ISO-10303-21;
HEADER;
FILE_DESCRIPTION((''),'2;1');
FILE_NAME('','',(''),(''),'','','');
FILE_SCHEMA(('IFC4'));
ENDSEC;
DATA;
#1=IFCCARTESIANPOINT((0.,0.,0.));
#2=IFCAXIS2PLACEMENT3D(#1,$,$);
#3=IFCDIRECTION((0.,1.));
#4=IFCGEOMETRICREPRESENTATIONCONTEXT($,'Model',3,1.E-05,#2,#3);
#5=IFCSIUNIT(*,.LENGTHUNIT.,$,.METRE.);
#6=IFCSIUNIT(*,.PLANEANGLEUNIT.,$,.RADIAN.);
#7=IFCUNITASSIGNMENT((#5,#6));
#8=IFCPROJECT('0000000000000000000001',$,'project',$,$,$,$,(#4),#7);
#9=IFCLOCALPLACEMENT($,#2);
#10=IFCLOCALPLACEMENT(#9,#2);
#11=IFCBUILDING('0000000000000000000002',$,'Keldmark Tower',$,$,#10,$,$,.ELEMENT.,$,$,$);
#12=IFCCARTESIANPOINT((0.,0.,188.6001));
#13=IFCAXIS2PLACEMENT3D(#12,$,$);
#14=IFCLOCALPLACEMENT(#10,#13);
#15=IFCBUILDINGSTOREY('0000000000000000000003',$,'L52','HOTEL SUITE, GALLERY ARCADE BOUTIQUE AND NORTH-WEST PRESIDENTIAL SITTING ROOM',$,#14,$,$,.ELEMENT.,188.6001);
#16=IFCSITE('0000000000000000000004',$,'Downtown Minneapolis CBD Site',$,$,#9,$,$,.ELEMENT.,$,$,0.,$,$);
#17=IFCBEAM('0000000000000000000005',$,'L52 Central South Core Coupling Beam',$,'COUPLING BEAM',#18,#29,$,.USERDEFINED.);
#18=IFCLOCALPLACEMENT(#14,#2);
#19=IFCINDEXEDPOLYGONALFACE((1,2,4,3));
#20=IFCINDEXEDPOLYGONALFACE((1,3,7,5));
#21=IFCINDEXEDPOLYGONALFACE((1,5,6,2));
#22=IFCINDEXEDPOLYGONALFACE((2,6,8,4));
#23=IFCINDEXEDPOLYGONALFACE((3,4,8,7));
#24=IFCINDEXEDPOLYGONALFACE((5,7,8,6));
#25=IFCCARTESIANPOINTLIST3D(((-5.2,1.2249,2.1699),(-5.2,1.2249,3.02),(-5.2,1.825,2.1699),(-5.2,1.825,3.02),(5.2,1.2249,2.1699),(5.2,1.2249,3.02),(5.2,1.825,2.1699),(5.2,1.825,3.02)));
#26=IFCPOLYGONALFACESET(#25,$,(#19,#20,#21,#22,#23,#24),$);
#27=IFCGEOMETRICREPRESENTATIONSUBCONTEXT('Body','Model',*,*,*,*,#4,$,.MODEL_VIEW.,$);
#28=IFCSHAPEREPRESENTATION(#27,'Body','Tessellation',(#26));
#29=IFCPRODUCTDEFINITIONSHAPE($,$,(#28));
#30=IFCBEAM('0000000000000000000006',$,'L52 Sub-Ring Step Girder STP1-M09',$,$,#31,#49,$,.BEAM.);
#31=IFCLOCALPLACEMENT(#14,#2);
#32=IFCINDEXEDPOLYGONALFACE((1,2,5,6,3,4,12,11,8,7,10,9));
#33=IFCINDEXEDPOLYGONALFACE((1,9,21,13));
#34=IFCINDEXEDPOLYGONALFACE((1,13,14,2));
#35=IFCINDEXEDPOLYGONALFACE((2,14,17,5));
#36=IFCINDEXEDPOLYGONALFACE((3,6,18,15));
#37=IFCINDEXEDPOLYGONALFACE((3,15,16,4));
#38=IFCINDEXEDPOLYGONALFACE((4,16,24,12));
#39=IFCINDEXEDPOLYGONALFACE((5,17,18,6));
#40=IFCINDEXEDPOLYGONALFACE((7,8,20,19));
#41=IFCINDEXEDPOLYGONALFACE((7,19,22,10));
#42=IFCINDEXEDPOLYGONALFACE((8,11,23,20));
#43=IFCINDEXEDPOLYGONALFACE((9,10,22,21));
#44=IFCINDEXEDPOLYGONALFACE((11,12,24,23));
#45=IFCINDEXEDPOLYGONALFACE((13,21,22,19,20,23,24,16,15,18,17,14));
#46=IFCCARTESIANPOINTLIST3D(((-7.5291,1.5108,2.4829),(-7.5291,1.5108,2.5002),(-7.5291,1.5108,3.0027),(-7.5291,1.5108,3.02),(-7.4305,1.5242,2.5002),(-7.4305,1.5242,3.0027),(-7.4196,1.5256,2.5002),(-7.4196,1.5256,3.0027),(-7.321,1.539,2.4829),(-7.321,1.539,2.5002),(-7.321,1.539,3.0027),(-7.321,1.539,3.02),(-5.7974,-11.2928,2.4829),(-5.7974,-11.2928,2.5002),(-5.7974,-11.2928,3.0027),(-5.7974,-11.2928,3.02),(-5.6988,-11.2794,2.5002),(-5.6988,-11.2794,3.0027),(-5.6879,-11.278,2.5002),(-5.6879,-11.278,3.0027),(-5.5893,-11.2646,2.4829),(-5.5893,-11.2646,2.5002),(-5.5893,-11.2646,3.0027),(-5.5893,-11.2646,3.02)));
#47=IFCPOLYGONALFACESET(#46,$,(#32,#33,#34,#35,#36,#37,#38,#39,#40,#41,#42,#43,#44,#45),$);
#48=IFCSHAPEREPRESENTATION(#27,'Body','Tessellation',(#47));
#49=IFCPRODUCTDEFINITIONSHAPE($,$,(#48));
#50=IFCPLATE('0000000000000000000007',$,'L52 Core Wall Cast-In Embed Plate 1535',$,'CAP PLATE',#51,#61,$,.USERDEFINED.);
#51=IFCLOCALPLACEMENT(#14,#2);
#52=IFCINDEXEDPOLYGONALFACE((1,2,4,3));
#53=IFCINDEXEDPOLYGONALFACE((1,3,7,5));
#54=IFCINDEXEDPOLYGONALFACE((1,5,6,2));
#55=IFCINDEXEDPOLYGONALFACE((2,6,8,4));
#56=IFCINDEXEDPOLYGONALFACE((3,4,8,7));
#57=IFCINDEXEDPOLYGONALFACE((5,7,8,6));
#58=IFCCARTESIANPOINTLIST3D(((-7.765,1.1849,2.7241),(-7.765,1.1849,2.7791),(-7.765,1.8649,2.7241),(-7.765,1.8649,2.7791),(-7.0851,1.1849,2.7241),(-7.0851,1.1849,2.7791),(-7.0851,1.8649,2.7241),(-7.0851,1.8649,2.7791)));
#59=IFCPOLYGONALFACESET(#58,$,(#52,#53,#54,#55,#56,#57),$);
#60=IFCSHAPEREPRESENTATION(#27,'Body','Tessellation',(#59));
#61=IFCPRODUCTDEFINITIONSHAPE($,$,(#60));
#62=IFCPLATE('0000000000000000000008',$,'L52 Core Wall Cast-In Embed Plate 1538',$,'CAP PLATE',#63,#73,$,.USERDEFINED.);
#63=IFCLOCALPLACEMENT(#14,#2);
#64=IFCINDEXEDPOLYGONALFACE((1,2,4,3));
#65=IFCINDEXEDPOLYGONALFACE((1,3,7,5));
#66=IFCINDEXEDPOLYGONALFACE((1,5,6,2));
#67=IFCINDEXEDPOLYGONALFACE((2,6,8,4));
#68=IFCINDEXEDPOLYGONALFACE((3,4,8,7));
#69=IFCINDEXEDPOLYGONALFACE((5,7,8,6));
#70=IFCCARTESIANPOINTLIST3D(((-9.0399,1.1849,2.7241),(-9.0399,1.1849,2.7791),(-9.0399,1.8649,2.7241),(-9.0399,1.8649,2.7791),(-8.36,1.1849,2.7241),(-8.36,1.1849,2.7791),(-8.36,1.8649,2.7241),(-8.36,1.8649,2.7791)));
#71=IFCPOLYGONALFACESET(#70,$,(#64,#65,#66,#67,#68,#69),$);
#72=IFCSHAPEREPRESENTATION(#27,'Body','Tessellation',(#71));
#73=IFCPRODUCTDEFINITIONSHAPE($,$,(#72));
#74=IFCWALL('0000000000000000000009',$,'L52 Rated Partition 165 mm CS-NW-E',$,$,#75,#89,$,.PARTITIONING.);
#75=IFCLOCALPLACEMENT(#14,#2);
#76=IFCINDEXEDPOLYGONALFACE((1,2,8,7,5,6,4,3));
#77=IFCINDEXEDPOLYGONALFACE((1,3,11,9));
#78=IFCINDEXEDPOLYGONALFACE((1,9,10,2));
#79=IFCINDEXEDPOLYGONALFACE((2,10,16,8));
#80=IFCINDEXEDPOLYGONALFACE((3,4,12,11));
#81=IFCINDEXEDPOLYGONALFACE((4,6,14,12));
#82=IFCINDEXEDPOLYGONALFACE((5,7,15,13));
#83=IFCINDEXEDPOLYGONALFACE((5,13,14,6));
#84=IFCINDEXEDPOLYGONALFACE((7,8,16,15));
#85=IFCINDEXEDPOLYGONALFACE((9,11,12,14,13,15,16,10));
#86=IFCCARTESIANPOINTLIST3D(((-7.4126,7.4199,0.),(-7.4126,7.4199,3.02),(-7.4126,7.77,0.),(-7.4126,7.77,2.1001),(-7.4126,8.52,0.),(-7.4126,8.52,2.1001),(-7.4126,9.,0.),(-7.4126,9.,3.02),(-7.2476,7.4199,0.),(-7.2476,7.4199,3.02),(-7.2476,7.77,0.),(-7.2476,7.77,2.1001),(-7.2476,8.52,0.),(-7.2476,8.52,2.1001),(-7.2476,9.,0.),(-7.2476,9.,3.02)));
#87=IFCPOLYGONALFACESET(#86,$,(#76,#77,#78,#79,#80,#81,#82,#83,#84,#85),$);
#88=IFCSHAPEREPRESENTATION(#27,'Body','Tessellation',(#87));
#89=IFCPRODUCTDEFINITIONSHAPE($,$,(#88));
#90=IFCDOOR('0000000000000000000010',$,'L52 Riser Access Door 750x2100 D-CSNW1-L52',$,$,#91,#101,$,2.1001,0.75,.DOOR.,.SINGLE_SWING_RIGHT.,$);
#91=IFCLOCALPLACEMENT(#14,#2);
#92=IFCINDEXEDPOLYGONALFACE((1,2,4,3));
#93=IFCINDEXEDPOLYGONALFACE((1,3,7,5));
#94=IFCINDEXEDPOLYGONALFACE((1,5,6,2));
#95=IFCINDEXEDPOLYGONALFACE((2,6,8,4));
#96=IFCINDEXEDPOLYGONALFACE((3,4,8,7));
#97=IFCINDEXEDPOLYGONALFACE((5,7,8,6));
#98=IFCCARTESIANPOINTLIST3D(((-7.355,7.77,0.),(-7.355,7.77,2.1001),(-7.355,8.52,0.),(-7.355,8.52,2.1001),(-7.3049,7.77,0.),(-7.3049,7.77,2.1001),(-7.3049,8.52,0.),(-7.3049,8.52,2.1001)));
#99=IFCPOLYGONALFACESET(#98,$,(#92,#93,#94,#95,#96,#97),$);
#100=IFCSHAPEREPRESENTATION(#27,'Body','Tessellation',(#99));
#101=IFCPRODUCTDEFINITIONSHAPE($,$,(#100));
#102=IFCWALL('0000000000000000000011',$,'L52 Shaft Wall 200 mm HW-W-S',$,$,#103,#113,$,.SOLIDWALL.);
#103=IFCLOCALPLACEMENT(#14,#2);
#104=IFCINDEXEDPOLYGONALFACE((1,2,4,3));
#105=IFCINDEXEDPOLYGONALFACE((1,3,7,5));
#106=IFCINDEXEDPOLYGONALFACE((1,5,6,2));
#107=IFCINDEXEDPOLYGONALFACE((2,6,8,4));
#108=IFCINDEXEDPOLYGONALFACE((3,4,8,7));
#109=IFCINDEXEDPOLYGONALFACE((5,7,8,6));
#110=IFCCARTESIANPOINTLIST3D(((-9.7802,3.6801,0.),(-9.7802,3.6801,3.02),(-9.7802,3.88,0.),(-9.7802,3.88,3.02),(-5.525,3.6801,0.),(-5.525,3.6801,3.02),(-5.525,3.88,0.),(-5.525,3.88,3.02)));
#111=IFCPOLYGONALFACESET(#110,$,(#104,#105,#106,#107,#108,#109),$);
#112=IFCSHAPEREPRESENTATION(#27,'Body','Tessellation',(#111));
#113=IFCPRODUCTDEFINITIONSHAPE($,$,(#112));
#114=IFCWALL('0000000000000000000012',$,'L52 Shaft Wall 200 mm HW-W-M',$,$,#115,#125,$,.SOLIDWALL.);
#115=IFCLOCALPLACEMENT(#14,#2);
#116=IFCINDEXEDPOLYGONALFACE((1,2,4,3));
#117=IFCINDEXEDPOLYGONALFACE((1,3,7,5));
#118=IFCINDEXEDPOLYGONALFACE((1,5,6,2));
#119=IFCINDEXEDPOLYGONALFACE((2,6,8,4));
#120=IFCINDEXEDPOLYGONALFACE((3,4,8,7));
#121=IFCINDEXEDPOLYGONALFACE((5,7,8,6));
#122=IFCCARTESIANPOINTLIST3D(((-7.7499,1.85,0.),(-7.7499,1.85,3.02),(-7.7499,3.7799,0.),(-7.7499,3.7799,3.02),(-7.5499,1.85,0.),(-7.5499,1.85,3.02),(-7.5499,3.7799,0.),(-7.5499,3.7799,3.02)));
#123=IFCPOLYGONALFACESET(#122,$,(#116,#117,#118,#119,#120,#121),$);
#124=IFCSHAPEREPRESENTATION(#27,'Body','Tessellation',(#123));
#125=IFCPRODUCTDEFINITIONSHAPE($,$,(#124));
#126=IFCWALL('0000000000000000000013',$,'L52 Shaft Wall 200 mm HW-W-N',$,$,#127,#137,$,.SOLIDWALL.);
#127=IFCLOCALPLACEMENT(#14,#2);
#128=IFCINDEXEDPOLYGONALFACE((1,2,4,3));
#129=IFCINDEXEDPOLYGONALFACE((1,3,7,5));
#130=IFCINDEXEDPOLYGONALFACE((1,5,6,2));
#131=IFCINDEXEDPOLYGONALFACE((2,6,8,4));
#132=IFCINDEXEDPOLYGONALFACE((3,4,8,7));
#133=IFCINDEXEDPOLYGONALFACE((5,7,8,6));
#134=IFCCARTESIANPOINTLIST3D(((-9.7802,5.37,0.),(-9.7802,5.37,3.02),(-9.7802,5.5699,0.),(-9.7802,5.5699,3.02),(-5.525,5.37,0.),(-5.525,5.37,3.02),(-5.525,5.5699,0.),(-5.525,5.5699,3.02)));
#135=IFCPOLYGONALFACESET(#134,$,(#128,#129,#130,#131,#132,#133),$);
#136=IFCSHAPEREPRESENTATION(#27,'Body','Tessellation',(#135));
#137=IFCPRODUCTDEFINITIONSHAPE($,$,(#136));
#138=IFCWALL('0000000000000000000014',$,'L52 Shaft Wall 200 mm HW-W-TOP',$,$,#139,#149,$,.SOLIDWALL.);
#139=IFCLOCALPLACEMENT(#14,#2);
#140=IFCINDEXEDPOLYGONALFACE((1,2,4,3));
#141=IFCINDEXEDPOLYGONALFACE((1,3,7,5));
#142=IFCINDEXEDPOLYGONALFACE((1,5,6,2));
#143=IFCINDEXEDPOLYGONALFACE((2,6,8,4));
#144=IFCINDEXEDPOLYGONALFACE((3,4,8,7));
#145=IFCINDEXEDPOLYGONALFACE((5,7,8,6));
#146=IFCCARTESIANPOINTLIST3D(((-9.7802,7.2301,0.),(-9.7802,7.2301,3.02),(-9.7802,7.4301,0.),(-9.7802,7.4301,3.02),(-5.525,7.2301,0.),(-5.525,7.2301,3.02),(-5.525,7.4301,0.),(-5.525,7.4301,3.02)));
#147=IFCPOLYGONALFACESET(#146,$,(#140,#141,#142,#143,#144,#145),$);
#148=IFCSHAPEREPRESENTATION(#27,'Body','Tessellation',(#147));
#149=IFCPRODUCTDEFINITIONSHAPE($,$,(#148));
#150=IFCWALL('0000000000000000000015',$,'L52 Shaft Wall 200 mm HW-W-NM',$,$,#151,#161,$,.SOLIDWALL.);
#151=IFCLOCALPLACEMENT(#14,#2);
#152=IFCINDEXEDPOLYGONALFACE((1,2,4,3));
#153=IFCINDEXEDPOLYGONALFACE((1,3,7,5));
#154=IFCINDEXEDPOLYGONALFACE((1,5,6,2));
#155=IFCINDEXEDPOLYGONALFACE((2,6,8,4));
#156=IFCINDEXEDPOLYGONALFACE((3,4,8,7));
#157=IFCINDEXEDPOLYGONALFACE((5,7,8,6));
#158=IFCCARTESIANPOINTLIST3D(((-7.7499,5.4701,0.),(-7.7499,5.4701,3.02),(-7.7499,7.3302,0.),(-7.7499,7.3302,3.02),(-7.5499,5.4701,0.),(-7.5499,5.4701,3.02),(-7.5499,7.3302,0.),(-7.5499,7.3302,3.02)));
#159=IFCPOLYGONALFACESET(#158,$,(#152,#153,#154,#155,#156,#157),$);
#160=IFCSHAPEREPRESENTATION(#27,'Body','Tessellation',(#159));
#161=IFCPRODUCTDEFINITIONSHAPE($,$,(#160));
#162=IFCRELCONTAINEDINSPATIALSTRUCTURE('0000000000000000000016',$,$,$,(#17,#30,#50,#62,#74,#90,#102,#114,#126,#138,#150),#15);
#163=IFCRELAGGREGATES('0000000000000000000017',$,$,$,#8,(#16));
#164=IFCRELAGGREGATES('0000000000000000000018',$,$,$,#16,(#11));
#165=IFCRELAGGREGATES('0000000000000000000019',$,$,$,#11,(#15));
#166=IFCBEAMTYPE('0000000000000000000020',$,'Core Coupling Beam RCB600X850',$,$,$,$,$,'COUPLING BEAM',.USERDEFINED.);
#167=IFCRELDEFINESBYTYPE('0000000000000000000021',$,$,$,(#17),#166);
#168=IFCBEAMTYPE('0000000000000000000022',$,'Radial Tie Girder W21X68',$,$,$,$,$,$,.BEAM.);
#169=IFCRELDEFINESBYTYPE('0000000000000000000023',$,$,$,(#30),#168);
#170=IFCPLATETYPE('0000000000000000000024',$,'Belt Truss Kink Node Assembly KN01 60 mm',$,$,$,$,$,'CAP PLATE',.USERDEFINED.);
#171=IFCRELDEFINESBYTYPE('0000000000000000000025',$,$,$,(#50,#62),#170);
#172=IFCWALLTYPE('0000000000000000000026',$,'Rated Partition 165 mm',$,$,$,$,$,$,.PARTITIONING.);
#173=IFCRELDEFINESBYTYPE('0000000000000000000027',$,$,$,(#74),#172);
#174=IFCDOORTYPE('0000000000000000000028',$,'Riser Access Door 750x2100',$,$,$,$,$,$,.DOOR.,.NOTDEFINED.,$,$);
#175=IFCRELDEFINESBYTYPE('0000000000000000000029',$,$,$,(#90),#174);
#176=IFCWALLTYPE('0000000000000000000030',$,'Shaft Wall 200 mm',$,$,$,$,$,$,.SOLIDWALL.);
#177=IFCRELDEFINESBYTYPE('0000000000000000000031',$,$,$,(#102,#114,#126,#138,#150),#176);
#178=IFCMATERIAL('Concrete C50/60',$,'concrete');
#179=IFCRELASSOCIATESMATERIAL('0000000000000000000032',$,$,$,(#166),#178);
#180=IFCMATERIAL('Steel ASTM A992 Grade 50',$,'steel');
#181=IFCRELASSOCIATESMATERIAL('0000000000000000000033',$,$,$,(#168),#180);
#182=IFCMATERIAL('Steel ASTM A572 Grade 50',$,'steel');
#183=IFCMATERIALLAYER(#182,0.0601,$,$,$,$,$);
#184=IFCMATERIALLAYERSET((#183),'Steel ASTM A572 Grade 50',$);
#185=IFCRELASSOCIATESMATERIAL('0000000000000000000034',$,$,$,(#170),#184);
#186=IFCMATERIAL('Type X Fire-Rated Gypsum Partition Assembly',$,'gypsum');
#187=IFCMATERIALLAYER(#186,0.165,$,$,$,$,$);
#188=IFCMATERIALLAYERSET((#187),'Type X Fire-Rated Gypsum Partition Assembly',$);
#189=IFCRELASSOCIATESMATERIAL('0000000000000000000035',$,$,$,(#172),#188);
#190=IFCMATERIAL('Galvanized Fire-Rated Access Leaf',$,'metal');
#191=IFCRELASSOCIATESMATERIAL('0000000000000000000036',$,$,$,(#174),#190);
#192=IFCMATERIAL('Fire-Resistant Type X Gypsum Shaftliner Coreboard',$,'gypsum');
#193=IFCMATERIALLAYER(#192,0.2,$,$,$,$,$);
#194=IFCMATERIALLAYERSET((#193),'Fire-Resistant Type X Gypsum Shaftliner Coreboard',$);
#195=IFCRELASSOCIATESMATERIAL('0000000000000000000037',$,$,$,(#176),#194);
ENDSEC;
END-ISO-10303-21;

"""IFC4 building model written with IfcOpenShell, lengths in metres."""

from ifc_helpers import new_model, si_unit, direction, frame, frame_2d, origin, origin_2d, place, context, subcontext, project, spatial, rectangle, i_section, extrude, material, layer, layer_set, material_profile, profile_set, type_object, element, fill, save


model = new_model("IFC4")

# Units and contexts
model_context = context("Model", 3, precision=1e-05, world=origin(), true_north=direction((0.0, 1.0)))
body_context = subcontext(model_context, "Body", "Model", "MODEL_VIEW")
ifc_project = project(units=[si_unit("LENGTHUNIT", "METRE"), si_unit("PLANEANGLEUNIT", "RADIAN")], contexts=[model_context])

# Site, building, storey
site_placement = place(None, origin())
site = spatial("IfcSite", under=ifc_project, at=site_placement, Name="Downtown Minneapolis CBD Site", CompositionType="ELEMENT", RefElevation=0.0)
building_placement = place(site_placement, origin())
building = spatial("IfcBuilding", under=site, at=building_placement, Name="Keldmark Tower", CompositionType="ELEMENT")
storey_placement = place(building_placement, frame((0.0, 0.0, 188.6001)))
storey = spatial("IfcBuildingStorey", under=building, at=storey_placement, Name="L52", Description="HOTEL SUITE, GALLERY ARCADE BOUTIQUE AND NORTH-WEST PRESIDENTIAL SITTING ROOM", CompositionType="ELEMENT", Elevation=188.6001)

# Beams
ifc_material_1 = material(Name="Concrete C50/60", Category="concrete")
ifc_material_profile_1 = material_profile(ifc_material_1, rectangle(XDim=0.6001, YDim=0.8501, at=origin_2d()), Name="RCB600X850")
ifc_profile_set_1 = profile_set([ifc_material_profile_1], Name="Concrete C50/60")
beam_type_1 = type_object("IfcBeamType", Name="Core Coupling Beam RCB600X850", ElementType="COUPLING BEAM", PredefinedType="USERDEFINED", material=ifc_profile_set_1)
beam_1_placement = place(storey_placement, frame((-5.2, 1.5249, 2.595), z_axis=(1.0, 0.0, 0.0), x_axis=(0.0, 1.0, 0.0)))
element("IfcBeam", 1, at=beam_1_placement, inside=storey, type_object=beam_type_1, Name="L52 Central South Core Coupling Beam", ObjectType="COUPLING BEAM", PredefinedType="USERDEFINED", context=body_context, shape_type="SweptSolid", body=[
    extrude(rectangle(XDim=0.6001, YDim=0.8501, at=origin_2d()), origin(), (0.0, 0.0, 1.0), 10.3999),
])
ifc_material_2 = material(Name="Steel ASTM A992 Grade 50", Category="steel")
ifc_material_profile_2 = material_profile(ifc_material_2, i_section(OverallWidth=0.21, OverallDepth=0.5371, WebThickness=0.011, FlangeThickness=0.0173, at=origin_2d()), Name="W21X68")
ifc_profile_set_2 = profile_set([ifc_material_profile_2], Name="Steel ASTM A992 Grade 50")
beam_type_2 = type_object("IfcBeamType", Name="Radial Tie Girder W21X68", PredefinedType="BEAM", material=ifc_profile_set_2)
beam_2_placement = place(storey_placement, frame((-7.425, 1.5249, 2.7515), z_axis=(0.134029, -0.990977, 0.0), x_axis=(0.990977, 0.134029, 0.0)))
element("IfcBeam", 2, at=beam_2_placement, inside=storey, type_object=beam_type_2, Name="L52 Sub-Ring Step Girder STP1-M09", PredefinedType="BEAM", context=body_context, shape_type="SweptSolid", body=[
    extrude(i_section(OverallWidth=0.21, OverallDepth=0.5371, WebThickness=0.011, FlangeThickness=0.0173, at=origin_2d()), origin(), (0.0, 0.0, 1.0), 12.9202),
])

# Plates
ifc_material_3 = material(Name="Steel ASTM A572 Grade 50", Category="steel")
ifc_layer_1 = layer(ifc_material_3, 0.0601)
ifc_layer_set_1 = layer_set([ifc_layer_1], Name="Steel ASTM A572 Grade 50")
plate_type = type_object("IfcPlateType", Name="Belt Truss Kink Node Assembly KN01 60 mm", ElementType="CAP PLATE", PredefinedType="USERDEFINED", material=ifc_layer_set_1)
for number, where, z_axis, x_axis, name in (
    (3, (-7.425, 1.5249, 2.7241), (0.0, 0.0, 1.0), (1.0, 0.0, 0.0), "L52 Core Wall Cast-In Embed Plate 1535"),
    (4, (-8.7, 1.5249, 2.7241), (0.0, 0.0, 1.0), (1.0, 0.0, 0.0), "L52 Core Wall Cast-In Embed Plate 1538"),
):
    element("IfcPlate", number, at=place(storey_placement, frame(where, z_axis=z_axis, x_axis=x_axis)), inside=storey, type_object=plate_type, Name=name, ObjectType="CAP PLATE", PredefinedType="USERDEFINED", context=body_context, shape_type="SweptSolid", body=[
        extrude(rectangle(XDim=0.6799, YDim=0.6799, at=origin_2d()), origin(), (0.0, 0.0, 1.0), 0.0549),
    ])

# Wall, opening, door
ifc_material_4 = material(Name="Type X Fire-Rated Gypsum Partition Assembly", Category="gypsum")
ifc_layer_2 = layer(ifc_material_4, 0.165)
ifc_layer_set_2 = layer_set([ifc_layer_2], Name="Type X Fire-Rated Gypsum Partition Assembly")
wall_type_1 = type_object("IfcWallType", Name="Rated Partition 165 mm", PredefinedType="PARTITIONING", material=ifc_layer_set_2)
wall_1_placement = place(storey_placement, frame((-7.3301, 7.4199, 0.0), z_axis=(0.0, 0.0, 1.0), x_axis=(0.0, 1.0, 0.0)))
wall_1 = element("IfcWall", 5, at=wall_1_placement, inside=storey, type_object=wall_type_1, Name="L52 Rated Partition 165 mm CS-NW-E", PredefinedType="PARTITIONING", context=body_context, shape_type="SweptSolid", body=[
    extrude(rectangle(XDim=1.5801, YDim=0.165, at=frame_2d((0.79, 0.0))), origin(), (0.0, 0.0, 1.0), 3.02),
])
opening_1_placement = place(wall_1_placement, frame((0.3501, 0.0, 0.0)))
opening_1 = element("IfcOpeningElement", 6, at=opening_1_placement, cuts=wall_1, PredefinedType="OPENING", context=body_context, shape_type="SweptSolid", body=[
    extrude(rectangle(XDim=0.75, YDim=2.1001, at=frame_2d((0.375, 1.05))), frame((0.0, 0.0925, 0.0), z_axis=(0.0, -1.0, 0.0), x_axis=(1.0, 0.0, 0.0)), (0.0, 0.0, 1.0), 0.1851),
])
ifc_material_5 = material(Name="Galvanized Fire-Rated Access Leaf", Category="metal")
door_type = type_object("IfcDoorType", Name="Riser Access Door 750x2100", OperationType="NOTDEFINED", PredefinedType="DOOR", material=ifc_material_5)
door_1_placement = place(opening_1_placement, origin())
door_1 = element("IfcDoor", 7, at=door_1_placement, inside=storey, type_object=door_type, Name="L52 Riser Access Door 750x2100 D-CSNW1-L52", OperationType="SINGLE_SWING_RIGHT", OverallHeight=2.1001, OverallWidth=0.75, PredefinedType="DOOR", context=body_context, shape_type="SweptSolid", body=[
    extrude(rectangle(XDim=0.75, YDim=2.1001, at=frame_2d((0.375, 1.05))), frame((0.0, 0.0249, 0.0), z_axis=(0.0, -1.0, 0.0), x_axis=(1.0, 0.0, 0.0)), (0.0, 0.0, 1.0), 0.05),
])
fill(opening_1, door_1)

# Walls
ifc_material_6 = material(Name="Fire-Resistant Type X Gypsum Shaftliner Coreboard", Category="gypsum")
ifc_layer_3 = layer(ifc_material_6, 0.2)
ifc_layer_set_3 = layer_set([ifc_layer_3], Name="Fire-Resistant Type X Gypsum Shaftliner Coreboard")
wall_type_2 = type_object("IfcWallType", Name="Shaft Wall 200 mm", PredefinedType="SOLIDWALL", material=ifc_layer_set_3)
wall_2_placement = place(storey_placement, frame((-9.78, 3.78, 0.0), z_axis=(0.0, 0.0, 1.0), x_axis=(1.0, 0.0, 0.0)))
element("IfcWall", 8, at=wall_2_placement, inside=storey, type_object=wall_type_2, Name="L52 Shaft Wall 200 mm HW-W-S", PredefinedType="SOLIDWALL", context=body_context, shape_type="SweptSolid", body=[
    extrude(rectangle(XDim=4.2551, YDim=0.2, at=frame_2d((2.1274, 0.0))), origin(), (0.0, 0.0, 1.0), 3.02),
])
wall_3_placement = place(storey_placement, frame((-7.6499, 1.8501, 0.0), z_axis=(0.0, 0.0, 1.0), x_axis=(0.0, 1.0, 0.0)))
element("IfcWall", 9, at=wall_3_placement, inside=storey, type_object=wall_type_2, Name="L52 Shaft Wall 200 mm HW-W-M", PredefinedType="SOLIDWALL", context=body_context, shape_type="SweptSolid", body=[
    extrude(rectangle(XDim=1.9299, YDim=0.2, at=frame_2d((0.9648, 0.0))), origin(), (0.0, 0.0, 1.0), 3.02),
])
for number, where, z_axis, x_axis, name in (
    (10, (-9.78, 5.47, 0.0), (0.0, 0.0, 1.0), (1.0, 0.0, 0.0), "L52 Shaft Wall 200 mm HW-W-N"),
    (11, (-9.78, 7.3301, 0.0), (0.0, 0.0, 1.0), (1.0, 0.0, 0.0), "L52 Shaft Wall 200 mm HW-W-TOP"),
):
    element("IfcWall", number, at=place(storey_placement, frame(where, z_axis=z_axis, x_axis=x_axis)), inside=storey, type_object=wall_type_2, Name=name, PredefinedType="SOLIDWALL", context=body_context, shape_type="SweptSolid", body=[
        extrude(rectangle(XDim=4.2551, YDim=0.2, at=frame_2d((2.1274, 0.0))), origin(), (0.0, 0.0, 1.0), 3.02),
    ])
wall_4_placement = place(storey_placement, frame((-7.6499, 5.47, 0.0), z_axis=(0.0, 0.0, 1.0), x_axis=(0.0, 1.0, 0.0)))
element("IfcWall", 12, at=wall_4_placement, inside=storey, type_object=wall_type_2, Name="L52 Shaft Wall 200 mm HW-W-NM", PredefinedType="SOLIDWALL", context=body_context, shape_type="SweptSolid", body=[
    extrude(rectangle(XDim=1.8601, YDim=0.2, at=frame_2d((0.9302, 0.0))), origin(), (0.0, 0.0, 1.0), 3.02),
])

save(model, "model.ifc")
